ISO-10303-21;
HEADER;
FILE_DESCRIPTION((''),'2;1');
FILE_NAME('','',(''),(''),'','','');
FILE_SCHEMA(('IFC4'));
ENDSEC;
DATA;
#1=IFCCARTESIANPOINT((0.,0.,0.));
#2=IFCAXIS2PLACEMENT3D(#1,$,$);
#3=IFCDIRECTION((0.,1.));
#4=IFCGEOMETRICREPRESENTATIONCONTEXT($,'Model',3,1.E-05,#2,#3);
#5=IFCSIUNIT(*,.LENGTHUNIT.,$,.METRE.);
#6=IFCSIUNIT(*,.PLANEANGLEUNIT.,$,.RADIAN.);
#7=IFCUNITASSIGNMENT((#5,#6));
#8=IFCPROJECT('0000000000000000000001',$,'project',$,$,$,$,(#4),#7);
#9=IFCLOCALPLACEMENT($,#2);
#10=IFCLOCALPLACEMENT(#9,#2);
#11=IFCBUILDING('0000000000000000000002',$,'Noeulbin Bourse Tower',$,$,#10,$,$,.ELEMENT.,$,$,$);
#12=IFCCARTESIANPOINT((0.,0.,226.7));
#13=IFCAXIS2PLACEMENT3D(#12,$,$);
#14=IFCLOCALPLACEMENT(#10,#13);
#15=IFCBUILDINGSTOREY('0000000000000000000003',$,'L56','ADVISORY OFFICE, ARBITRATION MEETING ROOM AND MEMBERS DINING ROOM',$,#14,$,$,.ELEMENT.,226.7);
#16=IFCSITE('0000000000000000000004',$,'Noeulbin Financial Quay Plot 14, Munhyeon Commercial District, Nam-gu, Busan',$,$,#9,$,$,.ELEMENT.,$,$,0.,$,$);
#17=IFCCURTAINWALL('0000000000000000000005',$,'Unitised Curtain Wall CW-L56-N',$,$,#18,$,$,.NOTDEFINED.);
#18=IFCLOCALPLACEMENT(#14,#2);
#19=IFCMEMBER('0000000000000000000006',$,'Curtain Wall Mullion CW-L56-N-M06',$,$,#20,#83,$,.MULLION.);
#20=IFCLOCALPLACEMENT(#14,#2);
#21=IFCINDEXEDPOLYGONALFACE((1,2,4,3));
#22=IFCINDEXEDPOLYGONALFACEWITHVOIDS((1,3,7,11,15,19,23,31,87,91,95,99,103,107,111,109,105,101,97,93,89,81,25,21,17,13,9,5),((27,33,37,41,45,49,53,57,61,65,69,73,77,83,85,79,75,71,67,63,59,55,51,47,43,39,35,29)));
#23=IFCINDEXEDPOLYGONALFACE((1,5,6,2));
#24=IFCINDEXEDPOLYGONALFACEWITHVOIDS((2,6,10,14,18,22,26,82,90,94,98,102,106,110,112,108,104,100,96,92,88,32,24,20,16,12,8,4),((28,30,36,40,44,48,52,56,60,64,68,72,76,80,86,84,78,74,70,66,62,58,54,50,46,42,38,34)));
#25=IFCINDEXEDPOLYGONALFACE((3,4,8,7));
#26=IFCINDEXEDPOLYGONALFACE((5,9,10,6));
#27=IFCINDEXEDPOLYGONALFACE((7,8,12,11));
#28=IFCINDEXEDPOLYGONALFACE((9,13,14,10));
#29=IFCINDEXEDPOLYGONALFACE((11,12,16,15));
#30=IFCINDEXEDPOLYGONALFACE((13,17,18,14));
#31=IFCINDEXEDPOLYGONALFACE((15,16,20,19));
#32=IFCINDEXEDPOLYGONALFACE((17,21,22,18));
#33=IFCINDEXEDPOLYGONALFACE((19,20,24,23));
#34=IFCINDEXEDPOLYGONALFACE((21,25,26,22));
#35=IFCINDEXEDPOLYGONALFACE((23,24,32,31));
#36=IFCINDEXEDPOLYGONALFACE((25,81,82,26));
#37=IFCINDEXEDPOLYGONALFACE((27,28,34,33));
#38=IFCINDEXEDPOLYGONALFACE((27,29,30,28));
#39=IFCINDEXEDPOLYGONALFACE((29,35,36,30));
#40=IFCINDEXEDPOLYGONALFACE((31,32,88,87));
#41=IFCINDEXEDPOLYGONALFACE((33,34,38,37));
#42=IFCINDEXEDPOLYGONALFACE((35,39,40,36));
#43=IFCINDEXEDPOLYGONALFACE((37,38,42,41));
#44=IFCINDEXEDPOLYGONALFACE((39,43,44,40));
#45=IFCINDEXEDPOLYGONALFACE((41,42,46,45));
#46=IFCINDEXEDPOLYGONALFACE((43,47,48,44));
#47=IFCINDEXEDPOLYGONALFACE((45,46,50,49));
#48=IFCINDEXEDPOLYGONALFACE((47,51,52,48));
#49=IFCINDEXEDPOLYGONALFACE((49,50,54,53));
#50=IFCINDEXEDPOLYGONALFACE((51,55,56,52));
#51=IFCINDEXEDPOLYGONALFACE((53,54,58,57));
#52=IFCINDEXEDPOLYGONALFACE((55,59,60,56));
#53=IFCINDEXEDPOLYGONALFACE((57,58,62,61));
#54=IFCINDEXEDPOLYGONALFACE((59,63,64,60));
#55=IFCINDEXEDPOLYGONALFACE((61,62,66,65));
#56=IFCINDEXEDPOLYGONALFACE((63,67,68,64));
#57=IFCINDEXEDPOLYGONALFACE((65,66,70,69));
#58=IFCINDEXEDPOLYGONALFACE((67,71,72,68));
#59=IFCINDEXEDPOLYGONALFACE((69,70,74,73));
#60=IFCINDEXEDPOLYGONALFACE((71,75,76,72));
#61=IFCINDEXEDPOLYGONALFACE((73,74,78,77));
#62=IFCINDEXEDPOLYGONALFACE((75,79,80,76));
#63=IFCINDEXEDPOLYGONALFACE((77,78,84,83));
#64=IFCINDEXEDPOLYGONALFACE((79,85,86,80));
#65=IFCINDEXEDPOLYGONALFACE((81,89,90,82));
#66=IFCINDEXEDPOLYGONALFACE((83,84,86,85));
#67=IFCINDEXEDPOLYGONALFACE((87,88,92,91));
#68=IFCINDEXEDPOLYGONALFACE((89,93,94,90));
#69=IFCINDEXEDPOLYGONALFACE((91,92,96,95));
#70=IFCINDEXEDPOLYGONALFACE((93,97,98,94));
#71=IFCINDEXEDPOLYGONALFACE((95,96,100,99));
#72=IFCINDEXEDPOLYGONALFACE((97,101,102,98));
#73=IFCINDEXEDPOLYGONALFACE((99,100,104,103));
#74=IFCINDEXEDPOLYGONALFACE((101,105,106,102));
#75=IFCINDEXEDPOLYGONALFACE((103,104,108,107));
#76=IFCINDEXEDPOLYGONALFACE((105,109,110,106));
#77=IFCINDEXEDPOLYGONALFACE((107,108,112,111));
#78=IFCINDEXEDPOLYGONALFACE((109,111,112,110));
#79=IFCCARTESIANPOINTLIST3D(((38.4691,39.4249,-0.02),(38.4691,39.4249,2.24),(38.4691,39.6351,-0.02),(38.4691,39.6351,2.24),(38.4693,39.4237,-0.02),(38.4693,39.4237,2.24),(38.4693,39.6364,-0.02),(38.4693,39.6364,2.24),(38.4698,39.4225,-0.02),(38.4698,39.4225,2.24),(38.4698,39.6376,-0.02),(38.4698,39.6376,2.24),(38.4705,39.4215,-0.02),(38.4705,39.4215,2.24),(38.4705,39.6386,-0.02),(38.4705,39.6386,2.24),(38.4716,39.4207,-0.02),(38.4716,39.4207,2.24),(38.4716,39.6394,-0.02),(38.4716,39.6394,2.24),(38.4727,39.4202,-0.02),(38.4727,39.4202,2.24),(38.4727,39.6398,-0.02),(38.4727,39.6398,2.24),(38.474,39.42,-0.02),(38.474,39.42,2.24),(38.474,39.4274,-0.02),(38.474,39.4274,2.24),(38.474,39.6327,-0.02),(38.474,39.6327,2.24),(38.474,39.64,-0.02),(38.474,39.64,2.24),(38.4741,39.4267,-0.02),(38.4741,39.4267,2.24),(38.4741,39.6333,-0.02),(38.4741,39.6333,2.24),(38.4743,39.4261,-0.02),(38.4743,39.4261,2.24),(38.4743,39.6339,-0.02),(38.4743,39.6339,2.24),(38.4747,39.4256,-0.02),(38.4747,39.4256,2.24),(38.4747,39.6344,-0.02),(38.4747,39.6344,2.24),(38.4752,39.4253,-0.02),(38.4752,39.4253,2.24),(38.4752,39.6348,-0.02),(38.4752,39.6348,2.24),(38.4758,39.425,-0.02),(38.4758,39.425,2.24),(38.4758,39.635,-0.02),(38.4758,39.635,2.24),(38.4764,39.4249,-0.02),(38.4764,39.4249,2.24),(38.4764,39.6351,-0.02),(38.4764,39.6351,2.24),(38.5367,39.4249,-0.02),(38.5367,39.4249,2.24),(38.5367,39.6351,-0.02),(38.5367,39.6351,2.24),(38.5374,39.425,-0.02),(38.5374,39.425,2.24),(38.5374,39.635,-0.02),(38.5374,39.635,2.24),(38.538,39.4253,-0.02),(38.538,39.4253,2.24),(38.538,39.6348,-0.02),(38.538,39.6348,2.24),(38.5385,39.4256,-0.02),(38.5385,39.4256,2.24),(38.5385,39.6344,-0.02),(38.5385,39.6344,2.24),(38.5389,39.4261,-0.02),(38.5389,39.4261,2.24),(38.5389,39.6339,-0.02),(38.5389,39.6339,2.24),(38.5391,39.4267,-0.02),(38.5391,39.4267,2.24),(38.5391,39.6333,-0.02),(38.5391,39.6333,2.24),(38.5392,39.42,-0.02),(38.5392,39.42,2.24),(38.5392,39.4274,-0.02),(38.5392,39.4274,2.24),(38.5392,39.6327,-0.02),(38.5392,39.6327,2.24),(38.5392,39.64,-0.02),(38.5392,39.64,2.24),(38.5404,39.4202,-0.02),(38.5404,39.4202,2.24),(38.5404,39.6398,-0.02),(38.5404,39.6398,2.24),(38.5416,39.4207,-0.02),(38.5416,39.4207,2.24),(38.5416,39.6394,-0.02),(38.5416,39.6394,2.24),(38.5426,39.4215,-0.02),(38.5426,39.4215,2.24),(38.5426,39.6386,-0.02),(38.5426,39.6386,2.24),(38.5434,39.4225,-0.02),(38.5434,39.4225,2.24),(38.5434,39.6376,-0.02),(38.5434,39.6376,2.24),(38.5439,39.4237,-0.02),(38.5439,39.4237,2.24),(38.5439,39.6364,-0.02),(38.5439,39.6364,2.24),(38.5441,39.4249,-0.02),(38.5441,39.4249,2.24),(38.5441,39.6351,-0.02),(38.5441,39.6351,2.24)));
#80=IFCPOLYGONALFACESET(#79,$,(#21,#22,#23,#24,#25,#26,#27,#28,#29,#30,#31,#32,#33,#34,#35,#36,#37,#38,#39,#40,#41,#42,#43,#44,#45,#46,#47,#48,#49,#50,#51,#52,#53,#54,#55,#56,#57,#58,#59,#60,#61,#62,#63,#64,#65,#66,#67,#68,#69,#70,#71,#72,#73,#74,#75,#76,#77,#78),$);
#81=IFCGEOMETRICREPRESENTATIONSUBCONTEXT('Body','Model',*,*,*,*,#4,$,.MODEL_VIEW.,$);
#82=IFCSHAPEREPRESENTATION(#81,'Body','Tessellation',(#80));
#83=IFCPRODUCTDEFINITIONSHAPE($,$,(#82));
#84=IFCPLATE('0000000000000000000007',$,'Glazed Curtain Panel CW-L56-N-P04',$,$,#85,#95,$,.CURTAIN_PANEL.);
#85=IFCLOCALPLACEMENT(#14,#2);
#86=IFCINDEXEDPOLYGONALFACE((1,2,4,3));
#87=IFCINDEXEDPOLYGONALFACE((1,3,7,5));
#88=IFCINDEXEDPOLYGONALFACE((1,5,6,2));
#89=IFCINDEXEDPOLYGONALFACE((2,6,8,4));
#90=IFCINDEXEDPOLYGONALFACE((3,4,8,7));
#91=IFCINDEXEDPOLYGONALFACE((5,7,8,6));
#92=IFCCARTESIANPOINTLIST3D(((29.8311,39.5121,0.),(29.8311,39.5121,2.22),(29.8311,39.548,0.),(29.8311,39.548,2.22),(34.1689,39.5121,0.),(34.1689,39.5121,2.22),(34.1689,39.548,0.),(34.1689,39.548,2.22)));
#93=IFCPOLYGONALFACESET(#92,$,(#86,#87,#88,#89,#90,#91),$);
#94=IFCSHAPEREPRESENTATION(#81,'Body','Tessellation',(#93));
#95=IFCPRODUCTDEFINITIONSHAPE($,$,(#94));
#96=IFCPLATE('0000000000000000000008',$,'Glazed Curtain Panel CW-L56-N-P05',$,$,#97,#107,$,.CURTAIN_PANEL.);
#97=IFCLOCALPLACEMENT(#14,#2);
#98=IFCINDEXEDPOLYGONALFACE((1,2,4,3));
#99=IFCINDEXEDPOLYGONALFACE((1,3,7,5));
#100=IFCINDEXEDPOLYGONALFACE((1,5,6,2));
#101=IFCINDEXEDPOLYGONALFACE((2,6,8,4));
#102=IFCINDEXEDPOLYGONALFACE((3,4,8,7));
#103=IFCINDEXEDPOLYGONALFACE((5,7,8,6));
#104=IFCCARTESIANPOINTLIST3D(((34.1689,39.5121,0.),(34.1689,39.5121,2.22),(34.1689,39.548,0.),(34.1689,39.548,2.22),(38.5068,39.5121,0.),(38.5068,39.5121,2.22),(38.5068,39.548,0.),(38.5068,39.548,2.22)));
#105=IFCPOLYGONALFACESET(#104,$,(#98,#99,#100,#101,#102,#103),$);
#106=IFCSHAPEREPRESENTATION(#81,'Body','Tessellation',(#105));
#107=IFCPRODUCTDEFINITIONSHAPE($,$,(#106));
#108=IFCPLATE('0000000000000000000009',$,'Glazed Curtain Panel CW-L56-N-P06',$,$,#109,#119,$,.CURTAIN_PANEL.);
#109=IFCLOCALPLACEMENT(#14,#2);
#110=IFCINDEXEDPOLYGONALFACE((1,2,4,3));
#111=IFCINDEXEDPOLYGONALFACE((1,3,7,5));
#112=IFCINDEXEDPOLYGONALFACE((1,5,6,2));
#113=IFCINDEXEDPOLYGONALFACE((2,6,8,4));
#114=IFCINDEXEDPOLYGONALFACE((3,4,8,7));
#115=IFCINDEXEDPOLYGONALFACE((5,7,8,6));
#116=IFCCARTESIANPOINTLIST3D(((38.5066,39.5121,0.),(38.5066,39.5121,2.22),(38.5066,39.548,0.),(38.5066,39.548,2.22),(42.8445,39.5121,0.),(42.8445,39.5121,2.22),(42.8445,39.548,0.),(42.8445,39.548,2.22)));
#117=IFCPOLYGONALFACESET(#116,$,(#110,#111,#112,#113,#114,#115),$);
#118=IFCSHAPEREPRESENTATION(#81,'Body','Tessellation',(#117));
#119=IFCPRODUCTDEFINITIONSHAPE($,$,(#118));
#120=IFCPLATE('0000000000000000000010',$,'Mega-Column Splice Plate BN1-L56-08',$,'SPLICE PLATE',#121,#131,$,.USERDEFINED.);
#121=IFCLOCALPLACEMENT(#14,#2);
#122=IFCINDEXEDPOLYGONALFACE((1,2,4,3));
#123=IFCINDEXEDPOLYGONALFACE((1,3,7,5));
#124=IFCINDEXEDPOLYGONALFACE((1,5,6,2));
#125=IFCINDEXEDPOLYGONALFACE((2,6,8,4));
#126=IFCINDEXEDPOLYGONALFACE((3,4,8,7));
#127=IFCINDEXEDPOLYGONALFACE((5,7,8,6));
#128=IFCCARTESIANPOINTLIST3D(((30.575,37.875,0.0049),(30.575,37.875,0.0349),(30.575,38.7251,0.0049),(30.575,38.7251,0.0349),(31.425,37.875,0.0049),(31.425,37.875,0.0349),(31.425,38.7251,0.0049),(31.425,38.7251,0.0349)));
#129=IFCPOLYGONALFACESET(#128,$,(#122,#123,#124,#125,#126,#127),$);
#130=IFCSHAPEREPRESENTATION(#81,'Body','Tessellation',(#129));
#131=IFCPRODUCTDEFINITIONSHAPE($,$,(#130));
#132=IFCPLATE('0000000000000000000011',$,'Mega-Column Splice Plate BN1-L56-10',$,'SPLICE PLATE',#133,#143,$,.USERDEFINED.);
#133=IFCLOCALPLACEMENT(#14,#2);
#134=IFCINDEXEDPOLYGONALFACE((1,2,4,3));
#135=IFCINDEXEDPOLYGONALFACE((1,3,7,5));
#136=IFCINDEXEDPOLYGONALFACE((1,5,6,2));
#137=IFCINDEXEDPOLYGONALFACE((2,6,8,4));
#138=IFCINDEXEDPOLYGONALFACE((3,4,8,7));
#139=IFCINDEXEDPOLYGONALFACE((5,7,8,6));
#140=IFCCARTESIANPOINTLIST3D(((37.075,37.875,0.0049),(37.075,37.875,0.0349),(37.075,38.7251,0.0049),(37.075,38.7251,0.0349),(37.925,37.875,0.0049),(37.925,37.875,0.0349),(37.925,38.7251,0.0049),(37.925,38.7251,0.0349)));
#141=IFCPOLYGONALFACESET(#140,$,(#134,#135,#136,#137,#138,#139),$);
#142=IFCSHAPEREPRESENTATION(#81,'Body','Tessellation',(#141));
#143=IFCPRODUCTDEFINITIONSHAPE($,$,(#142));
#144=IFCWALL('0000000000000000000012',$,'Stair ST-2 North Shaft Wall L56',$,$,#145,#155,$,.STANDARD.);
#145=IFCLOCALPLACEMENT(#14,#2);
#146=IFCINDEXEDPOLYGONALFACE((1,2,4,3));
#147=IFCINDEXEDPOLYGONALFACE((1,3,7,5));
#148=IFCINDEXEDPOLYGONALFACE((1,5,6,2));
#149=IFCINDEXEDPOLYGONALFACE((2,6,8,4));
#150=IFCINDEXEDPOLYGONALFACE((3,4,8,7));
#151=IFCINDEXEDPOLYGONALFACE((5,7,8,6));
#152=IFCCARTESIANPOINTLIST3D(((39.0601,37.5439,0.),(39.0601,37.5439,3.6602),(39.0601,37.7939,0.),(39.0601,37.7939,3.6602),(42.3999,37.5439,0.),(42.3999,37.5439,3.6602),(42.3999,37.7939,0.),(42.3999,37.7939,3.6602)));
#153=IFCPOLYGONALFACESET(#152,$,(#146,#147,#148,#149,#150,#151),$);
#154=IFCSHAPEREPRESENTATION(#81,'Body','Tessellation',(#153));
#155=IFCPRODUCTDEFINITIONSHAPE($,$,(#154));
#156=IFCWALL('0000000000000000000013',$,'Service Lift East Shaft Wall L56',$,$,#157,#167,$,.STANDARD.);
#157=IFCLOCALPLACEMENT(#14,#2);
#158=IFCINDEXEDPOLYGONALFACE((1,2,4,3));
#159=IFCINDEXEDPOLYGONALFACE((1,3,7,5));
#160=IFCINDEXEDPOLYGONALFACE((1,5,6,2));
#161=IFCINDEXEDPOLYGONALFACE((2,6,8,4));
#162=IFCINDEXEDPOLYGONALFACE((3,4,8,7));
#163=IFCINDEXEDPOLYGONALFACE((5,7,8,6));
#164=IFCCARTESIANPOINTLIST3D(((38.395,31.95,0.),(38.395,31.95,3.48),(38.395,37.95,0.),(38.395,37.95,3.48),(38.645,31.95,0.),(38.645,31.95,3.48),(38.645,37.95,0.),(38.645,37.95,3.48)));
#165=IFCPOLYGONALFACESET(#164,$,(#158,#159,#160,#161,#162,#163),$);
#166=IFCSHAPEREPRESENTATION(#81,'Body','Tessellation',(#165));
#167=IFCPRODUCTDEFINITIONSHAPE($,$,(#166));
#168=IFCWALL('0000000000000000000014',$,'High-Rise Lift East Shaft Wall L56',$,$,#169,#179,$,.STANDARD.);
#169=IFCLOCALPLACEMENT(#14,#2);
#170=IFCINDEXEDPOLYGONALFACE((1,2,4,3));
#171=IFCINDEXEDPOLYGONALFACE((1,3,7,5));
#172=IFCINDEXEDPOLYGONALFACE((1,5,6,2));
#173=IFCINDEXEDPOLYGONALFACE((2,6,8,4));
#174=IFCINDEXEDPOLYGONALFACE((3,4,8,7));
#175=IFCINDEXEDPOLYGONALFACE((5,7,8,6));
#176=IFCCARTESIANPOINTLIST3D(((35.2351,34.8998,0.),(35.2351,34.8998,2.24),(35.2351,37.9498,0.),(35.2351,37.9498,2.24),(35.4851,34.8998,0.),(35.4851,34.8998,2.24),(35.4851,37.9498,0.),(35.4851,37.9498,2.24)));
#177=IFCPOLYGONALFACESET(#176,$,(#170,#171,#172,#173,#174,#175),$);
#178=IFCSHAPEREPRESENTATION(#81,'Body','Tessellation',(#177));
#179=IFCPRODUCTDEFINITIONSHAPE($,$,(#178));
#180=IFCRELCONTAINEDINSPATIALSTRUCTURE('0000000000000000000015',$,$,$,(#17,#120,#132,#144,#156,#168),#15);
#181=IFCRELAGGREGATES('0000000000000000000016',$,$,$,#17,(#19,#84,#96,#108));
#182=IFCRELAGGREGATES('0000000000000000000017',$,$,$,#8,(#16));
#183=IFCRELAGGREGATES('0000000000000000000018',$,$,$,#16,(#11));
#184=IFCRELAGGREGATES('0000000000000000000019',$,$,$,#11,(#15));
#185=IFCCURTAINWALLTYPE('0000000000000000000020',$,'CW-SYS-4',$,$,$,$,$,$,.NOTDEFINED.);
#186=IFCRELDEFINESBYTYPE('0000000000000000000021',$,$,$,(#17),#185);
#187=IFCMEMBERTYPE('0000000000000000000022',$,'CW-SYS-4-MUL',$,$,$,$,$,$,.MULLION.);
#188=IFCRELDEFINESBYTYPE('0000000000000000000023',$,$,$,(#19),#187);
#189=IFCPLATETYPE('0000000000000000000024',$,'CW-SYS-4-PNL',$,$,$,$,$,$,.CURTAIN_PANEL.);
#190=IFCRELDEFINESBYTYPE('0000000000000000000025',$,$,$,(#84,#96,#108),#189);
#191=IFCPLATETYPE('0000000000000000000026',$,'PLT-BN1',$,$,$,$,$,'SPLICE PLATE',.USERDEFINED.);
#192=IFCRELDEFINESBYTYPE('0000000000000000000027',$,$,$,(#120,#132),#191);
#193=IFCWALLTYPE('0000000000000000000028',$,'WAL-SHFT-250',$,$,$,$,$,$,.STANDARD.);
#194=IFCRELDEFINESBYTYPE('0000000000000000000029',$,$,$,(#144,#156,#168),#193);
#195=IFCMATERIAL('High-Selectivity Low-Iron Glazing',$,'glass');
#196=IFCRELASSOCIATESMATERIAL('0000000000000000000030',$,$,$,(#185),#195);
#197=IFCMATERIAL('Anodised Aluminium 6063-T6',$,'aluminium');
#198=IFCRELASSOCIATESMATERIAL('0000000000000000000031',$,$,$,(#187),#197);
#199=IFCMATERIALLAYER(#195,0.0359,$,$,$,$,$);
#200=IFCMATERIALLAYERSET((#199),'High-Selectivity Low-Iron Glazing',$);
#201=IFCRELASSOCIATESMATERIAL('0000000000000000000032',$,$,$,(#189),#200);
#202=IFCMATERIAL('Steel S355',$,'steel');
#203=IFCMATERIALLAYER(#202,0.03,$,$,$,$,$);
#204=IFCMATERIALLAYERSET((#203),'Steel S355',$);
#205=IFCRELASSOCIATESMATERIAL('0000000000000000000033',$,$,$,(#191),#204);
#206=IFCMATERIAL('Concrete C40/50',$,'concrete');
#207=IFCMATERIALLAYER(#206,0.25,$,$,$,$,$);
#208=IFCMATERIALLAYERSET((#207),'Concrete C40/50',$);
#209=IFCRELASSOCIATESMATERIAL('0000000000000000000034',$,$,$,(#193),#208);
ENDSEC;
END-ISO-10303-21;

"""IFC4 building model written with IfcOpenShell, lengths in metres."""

from ifc_helpers import new_model, si_unit, direction, frame, frame_2d, origin, origin_2d, place, context, subcontext, project, spatial, rectangle, hollow_rectangle, extrude, material, layer, layer_set, material_profile, profile_set, type_object, element, aggregate, save


model = new_model("IFC4")

# Units and contexts
model_context = context("Model", 3, precision=1e-05, world=origin(), true_north=direction((0.0, 1.0)))
body_context = subcontext(model_context, "Body", "Model", "MODEL_VIEW")
ifc_project = project(units=[si_unit("LENGTHUNIT", "METRE"), si_unit("PLANEANGLEUNIT", "RADIAN")], contexts=[model_context])

# Site, building, storey
site_placement = place(None, origin())
site = spatial("IfcSite", under=ifc_project, at=site_placement, Name="Noeulbin Financial Quay Plot 14, Munhyeon Commercial District, Nam-gu, Busan", CompositionType="ELEMENT", RefElevation=0.0)
building_placement = place(site_placement, origin())
building = spatial("IfcBuilding", under=site, at=building_placement, Name="Noeulbin Bourse Tower", CompositionType="ELEMENT")
storey_placement = place(building_placement, frame((0.0, 0.0, 226.7)))
storey = spatial("IfcBuildingStorey", under=building, at=storey_placement, Name="L56", Description="ADVISORY OFFICE, ARBITRATION MEETING ROOM AND MEMBERS DINING ROOM", CompositionType="ELEMENT", Elevation=226.7)

# Shared definitions
ifc_material_1 = material(Name="Steel S355", Category="steel")

# Curtain wall, member, plates
ifc_material_2 = material(Name="High-Selectivity Low-Iron Glazing", Category="glass")
curtain_wall_type = type_object("IfcCurtainWallType", Name="CW-SYS-4", PredefinedType="NOTDEFINED", material=ifc_material_2)
curtain_wall_placement = place(storey_placement, origin())
curtain_wall = element("IfcCurtainWall", 1, at=curtain_wall_placement, inside=storey, type_object=curtain_wall_type, Name="Unitised Curtain Wall CW-L56-N", PredefinedType="NOTDEFINED")
ifc_material_3 = material(Name="Anodised Aluminium 6063-T6", Category="aluminium")
ifc_material_profile_1 = material_profile(ifc_material_3, hollow_rectangle(XDim=0.075, YDim=0.22, WallThickness=0.0049, InnerFilletRadius=0.0024, OuterFilletRadius=0.0049, at=origin_2d()), Name="ALU-MULL-75x220x5", Category="LoadBearing")
ifc_profile_set_1 = profile_set([ifc_material_profile_1], Name="Anodised Aluminium 6063-T6")
member_type = type_object("IfcMemberType", Name="CW-SYS-4-MUL", PredefinedType="MULLION", material=ifc_profile_set_1)
member_1_placement = place(storey_placement, frame((38.5066, 39.53, -0.02), z_axis=(0.0, 0.0, 1.0), x_axis=(1.0, 0.0, 0.0)))
member_1 = element("IfcMember", 2, at=member_1_placement, type_object=member_type, Name="Curtain Wall Mullion CW-L56-N-M06", PredefinedType="MULLION", context=body_context, shape_type="SweptSolid", body=[
    extrude(hollow_rectangle(XDim=0.075, YDim=0.22, WallThickness=0.0049, InnerFilletRadius=0.0024, OuterFilletRadius=0.0049, at=origin_2d()), origin(), (0.0, 0.0, 1.0), 2.26),
])
ifc_layer_1 = layer(ifc_material_2, 0.0359)
ifc_layer_set_1 = layer_set([ifc_layer_1], Name="High-Selectivity Low-Iron Glazing")
plate_type_1 = type_object("IfcPlateType", Name="CW-SYS-4-PNL", PredefinedType="CURTAIN_PANEL", material=ifc_layer_set_1)
plate_1_placement = place(storey_placement, frame((32.0, 39.53, 0.0), z_axis=(0.0, 0.0, 1.0), x_axis=(1.0, 0.0, 0.0)))
plate_1 = element("IfcPlate", 3, at=plate_1_placement, type_object=plate_type_1, Name="Glazed Curtain Panel CW-L56-N-P04", PredefinedType="CURTAIN_PANEL", context=body_context, shape_type="SweptSolid", body=[
    extrude(rectangle(XDim=4.3379, YDim=0.0359, at=origin_2d()), origin(), (0.0, 0.0, 1.0), 2.22),
])
plate_2_placement = place(storey_placement, frame((36.3379, 39.53, 0.0), z_axis=(0.0, 0.0, 1.0), x_axis=(1.0, 0.0, 0.0)))
plate_2 = element("IfcPlate", 4, at=plate_2_placement, type_object=plate_type_1, Name="Glazed Curtain Panel CW-L56-N-P05", PredefinedType="CURTAIN_PANEL", context=body_context, shape_type="SweptSolid", body=[
    extrude(rectangle(XDim=4.3379, YDim=0.0359, at=origin_2d()), origin(), (0.0, 0.0, 1.0), 2.22),
])
plate_3_placement = place(storey_placement, frame((40.6755, 39.53, 0.0), z_axis=(0.0, 0.0, 1.0), x_axis=(1.0, 0.0, 0.0)))
plate_3 = element("IfcPlate", 5, at=plate_3_placement, type_object=plate_type_1, Name="Glazed Curtain Panel CW-L56-N-P06", PredefinedType="CURTAIN_PANEL", context=body_context, shape_type="SweptSolid", body=[
    extrude(rectangle(XDim=4.3379, YDim=0.0359, at=origin_2d()), origin(), (0.0, 0.0, 1.0), 2.22),
])
aggregate(curtain_wall, [member_1, plate_1, plate_2, plate_3])

# Plates
ifc_layer_2 = layer(ifc_material_1, 0.03)
ifc_layer_set_2 = layer_set([ifc_layer_2], Name="Steel S355")
plate_type_2 = type_object("IfcPlateType", Name="PLT-BN1", ElementType="SPLICE PLATE", PredefinedType="USERDEFINED", material=ifc_layer_set_2)
for number, where, z_axis, x_axis, name in (
    (6, (31.0, 38.3, 0.0049), (0.0, 0.0, 1.0), (1.0, 0.0, 0.0), "Mega-Column Splice Plate BN1-L56-08"),
    (7, (37.5, 38.3, 0.0049), (0.0, 0.0, 1.0), (1.0, 0.0, 0.0), "Mega-Column Splice Plate BN1-L56-10"),
):
    element("IfcPlate", number, at=place(storey_placement, frame(where, z_axis=z_axis, x_axis=x_axis)), inside=storey, type_object=plate_type_2, Name=name, ObjectType="SPLICE PLATE", PredefinedType="USERDEFINED", context=body_context, shape_type="SweptSolid", body=[
        extrude(rectangle(XDim=0.8501, YDim=0.8501, at=origin_2d()), origin(), (0.0, 0.0, 1.0), 0.03),
    ])

# Walls
ifc_material_4 = material(Name="Concrete C40/50", Category="concrete")
ifc_layer_3 = layer(ifc_material_4, 0.25)
ifc_layer_set_3 = layer_set([ifc_layer_3], Name="Concrete C40/50")
wall_type = type_object("IfcWallType", Name="WAL-SHFT-250", PredefinedType="STANDARD", material=ifc_layer_set_3)
wall_1_placement = place(storey_placement, frame((39.0601, 37.6689, 0.0), z_axis=(0.0, 0.0, 1.0), x_axis=(1.0, 0.0, 0.0)))
element("IfcWall", 8, at=wall_1_placement, inside=storey, type_object=wall_type, Name="Stair ST-2 North Shaft Wall L56", PredefinedType="STANDARD", context=body_context, shape_type="SweptSolid", body=[
    extrude(rectangle(XDim=3.3398, YDim=0.25, at=frame_2d((1.6699, 0.0))), origin(), (0.0, 0.0, 1.0), 3.6602),
])
wall_2_placement = place(storey_placement, frame((38.52, 31.95, 0.0), z_axis=(0.0, 0.0, 1.0), x_axis=(0.0, 1.0, 0.0)))
element("IfcWall", 9, at=wall_2_placement, inside=storey, type_object=wall_type, Name="Service Lift East Shaft Wall L56", PredefinedType="STANDARD", context=body_context, shape_type="SweptSolid", body=[
    extrude(rectangle(XDim=6.0, YDim=0.25, at=frame_2d((3.0, 0.0))), origin(), (0.0, 0.0, 1.0), 3.48),
])
wall_3_placement = place(storey_placement, frame((35.3601, 34.8999, 0.0), z_axis=(0.0, 0.0, 1.0), x_axis=(0.0, 1.0, 0.0)))
element("IfcWall", 10, at=wall_3_placement, inside=storey, type_object=wall_type, Name="High-Rise Lift East Shaft Wall L56", PredefinedType="STANDARD", context=body_context, shape_type="SweptSolid", body=[
    extrude(rectangle(XDim=3.05, YDim=0.25, at=frame_2d((1.5249, 0.0))), origin(), (0.0, 0.0, 1.0), 2.24),
])

save(model, "model.ifc")
